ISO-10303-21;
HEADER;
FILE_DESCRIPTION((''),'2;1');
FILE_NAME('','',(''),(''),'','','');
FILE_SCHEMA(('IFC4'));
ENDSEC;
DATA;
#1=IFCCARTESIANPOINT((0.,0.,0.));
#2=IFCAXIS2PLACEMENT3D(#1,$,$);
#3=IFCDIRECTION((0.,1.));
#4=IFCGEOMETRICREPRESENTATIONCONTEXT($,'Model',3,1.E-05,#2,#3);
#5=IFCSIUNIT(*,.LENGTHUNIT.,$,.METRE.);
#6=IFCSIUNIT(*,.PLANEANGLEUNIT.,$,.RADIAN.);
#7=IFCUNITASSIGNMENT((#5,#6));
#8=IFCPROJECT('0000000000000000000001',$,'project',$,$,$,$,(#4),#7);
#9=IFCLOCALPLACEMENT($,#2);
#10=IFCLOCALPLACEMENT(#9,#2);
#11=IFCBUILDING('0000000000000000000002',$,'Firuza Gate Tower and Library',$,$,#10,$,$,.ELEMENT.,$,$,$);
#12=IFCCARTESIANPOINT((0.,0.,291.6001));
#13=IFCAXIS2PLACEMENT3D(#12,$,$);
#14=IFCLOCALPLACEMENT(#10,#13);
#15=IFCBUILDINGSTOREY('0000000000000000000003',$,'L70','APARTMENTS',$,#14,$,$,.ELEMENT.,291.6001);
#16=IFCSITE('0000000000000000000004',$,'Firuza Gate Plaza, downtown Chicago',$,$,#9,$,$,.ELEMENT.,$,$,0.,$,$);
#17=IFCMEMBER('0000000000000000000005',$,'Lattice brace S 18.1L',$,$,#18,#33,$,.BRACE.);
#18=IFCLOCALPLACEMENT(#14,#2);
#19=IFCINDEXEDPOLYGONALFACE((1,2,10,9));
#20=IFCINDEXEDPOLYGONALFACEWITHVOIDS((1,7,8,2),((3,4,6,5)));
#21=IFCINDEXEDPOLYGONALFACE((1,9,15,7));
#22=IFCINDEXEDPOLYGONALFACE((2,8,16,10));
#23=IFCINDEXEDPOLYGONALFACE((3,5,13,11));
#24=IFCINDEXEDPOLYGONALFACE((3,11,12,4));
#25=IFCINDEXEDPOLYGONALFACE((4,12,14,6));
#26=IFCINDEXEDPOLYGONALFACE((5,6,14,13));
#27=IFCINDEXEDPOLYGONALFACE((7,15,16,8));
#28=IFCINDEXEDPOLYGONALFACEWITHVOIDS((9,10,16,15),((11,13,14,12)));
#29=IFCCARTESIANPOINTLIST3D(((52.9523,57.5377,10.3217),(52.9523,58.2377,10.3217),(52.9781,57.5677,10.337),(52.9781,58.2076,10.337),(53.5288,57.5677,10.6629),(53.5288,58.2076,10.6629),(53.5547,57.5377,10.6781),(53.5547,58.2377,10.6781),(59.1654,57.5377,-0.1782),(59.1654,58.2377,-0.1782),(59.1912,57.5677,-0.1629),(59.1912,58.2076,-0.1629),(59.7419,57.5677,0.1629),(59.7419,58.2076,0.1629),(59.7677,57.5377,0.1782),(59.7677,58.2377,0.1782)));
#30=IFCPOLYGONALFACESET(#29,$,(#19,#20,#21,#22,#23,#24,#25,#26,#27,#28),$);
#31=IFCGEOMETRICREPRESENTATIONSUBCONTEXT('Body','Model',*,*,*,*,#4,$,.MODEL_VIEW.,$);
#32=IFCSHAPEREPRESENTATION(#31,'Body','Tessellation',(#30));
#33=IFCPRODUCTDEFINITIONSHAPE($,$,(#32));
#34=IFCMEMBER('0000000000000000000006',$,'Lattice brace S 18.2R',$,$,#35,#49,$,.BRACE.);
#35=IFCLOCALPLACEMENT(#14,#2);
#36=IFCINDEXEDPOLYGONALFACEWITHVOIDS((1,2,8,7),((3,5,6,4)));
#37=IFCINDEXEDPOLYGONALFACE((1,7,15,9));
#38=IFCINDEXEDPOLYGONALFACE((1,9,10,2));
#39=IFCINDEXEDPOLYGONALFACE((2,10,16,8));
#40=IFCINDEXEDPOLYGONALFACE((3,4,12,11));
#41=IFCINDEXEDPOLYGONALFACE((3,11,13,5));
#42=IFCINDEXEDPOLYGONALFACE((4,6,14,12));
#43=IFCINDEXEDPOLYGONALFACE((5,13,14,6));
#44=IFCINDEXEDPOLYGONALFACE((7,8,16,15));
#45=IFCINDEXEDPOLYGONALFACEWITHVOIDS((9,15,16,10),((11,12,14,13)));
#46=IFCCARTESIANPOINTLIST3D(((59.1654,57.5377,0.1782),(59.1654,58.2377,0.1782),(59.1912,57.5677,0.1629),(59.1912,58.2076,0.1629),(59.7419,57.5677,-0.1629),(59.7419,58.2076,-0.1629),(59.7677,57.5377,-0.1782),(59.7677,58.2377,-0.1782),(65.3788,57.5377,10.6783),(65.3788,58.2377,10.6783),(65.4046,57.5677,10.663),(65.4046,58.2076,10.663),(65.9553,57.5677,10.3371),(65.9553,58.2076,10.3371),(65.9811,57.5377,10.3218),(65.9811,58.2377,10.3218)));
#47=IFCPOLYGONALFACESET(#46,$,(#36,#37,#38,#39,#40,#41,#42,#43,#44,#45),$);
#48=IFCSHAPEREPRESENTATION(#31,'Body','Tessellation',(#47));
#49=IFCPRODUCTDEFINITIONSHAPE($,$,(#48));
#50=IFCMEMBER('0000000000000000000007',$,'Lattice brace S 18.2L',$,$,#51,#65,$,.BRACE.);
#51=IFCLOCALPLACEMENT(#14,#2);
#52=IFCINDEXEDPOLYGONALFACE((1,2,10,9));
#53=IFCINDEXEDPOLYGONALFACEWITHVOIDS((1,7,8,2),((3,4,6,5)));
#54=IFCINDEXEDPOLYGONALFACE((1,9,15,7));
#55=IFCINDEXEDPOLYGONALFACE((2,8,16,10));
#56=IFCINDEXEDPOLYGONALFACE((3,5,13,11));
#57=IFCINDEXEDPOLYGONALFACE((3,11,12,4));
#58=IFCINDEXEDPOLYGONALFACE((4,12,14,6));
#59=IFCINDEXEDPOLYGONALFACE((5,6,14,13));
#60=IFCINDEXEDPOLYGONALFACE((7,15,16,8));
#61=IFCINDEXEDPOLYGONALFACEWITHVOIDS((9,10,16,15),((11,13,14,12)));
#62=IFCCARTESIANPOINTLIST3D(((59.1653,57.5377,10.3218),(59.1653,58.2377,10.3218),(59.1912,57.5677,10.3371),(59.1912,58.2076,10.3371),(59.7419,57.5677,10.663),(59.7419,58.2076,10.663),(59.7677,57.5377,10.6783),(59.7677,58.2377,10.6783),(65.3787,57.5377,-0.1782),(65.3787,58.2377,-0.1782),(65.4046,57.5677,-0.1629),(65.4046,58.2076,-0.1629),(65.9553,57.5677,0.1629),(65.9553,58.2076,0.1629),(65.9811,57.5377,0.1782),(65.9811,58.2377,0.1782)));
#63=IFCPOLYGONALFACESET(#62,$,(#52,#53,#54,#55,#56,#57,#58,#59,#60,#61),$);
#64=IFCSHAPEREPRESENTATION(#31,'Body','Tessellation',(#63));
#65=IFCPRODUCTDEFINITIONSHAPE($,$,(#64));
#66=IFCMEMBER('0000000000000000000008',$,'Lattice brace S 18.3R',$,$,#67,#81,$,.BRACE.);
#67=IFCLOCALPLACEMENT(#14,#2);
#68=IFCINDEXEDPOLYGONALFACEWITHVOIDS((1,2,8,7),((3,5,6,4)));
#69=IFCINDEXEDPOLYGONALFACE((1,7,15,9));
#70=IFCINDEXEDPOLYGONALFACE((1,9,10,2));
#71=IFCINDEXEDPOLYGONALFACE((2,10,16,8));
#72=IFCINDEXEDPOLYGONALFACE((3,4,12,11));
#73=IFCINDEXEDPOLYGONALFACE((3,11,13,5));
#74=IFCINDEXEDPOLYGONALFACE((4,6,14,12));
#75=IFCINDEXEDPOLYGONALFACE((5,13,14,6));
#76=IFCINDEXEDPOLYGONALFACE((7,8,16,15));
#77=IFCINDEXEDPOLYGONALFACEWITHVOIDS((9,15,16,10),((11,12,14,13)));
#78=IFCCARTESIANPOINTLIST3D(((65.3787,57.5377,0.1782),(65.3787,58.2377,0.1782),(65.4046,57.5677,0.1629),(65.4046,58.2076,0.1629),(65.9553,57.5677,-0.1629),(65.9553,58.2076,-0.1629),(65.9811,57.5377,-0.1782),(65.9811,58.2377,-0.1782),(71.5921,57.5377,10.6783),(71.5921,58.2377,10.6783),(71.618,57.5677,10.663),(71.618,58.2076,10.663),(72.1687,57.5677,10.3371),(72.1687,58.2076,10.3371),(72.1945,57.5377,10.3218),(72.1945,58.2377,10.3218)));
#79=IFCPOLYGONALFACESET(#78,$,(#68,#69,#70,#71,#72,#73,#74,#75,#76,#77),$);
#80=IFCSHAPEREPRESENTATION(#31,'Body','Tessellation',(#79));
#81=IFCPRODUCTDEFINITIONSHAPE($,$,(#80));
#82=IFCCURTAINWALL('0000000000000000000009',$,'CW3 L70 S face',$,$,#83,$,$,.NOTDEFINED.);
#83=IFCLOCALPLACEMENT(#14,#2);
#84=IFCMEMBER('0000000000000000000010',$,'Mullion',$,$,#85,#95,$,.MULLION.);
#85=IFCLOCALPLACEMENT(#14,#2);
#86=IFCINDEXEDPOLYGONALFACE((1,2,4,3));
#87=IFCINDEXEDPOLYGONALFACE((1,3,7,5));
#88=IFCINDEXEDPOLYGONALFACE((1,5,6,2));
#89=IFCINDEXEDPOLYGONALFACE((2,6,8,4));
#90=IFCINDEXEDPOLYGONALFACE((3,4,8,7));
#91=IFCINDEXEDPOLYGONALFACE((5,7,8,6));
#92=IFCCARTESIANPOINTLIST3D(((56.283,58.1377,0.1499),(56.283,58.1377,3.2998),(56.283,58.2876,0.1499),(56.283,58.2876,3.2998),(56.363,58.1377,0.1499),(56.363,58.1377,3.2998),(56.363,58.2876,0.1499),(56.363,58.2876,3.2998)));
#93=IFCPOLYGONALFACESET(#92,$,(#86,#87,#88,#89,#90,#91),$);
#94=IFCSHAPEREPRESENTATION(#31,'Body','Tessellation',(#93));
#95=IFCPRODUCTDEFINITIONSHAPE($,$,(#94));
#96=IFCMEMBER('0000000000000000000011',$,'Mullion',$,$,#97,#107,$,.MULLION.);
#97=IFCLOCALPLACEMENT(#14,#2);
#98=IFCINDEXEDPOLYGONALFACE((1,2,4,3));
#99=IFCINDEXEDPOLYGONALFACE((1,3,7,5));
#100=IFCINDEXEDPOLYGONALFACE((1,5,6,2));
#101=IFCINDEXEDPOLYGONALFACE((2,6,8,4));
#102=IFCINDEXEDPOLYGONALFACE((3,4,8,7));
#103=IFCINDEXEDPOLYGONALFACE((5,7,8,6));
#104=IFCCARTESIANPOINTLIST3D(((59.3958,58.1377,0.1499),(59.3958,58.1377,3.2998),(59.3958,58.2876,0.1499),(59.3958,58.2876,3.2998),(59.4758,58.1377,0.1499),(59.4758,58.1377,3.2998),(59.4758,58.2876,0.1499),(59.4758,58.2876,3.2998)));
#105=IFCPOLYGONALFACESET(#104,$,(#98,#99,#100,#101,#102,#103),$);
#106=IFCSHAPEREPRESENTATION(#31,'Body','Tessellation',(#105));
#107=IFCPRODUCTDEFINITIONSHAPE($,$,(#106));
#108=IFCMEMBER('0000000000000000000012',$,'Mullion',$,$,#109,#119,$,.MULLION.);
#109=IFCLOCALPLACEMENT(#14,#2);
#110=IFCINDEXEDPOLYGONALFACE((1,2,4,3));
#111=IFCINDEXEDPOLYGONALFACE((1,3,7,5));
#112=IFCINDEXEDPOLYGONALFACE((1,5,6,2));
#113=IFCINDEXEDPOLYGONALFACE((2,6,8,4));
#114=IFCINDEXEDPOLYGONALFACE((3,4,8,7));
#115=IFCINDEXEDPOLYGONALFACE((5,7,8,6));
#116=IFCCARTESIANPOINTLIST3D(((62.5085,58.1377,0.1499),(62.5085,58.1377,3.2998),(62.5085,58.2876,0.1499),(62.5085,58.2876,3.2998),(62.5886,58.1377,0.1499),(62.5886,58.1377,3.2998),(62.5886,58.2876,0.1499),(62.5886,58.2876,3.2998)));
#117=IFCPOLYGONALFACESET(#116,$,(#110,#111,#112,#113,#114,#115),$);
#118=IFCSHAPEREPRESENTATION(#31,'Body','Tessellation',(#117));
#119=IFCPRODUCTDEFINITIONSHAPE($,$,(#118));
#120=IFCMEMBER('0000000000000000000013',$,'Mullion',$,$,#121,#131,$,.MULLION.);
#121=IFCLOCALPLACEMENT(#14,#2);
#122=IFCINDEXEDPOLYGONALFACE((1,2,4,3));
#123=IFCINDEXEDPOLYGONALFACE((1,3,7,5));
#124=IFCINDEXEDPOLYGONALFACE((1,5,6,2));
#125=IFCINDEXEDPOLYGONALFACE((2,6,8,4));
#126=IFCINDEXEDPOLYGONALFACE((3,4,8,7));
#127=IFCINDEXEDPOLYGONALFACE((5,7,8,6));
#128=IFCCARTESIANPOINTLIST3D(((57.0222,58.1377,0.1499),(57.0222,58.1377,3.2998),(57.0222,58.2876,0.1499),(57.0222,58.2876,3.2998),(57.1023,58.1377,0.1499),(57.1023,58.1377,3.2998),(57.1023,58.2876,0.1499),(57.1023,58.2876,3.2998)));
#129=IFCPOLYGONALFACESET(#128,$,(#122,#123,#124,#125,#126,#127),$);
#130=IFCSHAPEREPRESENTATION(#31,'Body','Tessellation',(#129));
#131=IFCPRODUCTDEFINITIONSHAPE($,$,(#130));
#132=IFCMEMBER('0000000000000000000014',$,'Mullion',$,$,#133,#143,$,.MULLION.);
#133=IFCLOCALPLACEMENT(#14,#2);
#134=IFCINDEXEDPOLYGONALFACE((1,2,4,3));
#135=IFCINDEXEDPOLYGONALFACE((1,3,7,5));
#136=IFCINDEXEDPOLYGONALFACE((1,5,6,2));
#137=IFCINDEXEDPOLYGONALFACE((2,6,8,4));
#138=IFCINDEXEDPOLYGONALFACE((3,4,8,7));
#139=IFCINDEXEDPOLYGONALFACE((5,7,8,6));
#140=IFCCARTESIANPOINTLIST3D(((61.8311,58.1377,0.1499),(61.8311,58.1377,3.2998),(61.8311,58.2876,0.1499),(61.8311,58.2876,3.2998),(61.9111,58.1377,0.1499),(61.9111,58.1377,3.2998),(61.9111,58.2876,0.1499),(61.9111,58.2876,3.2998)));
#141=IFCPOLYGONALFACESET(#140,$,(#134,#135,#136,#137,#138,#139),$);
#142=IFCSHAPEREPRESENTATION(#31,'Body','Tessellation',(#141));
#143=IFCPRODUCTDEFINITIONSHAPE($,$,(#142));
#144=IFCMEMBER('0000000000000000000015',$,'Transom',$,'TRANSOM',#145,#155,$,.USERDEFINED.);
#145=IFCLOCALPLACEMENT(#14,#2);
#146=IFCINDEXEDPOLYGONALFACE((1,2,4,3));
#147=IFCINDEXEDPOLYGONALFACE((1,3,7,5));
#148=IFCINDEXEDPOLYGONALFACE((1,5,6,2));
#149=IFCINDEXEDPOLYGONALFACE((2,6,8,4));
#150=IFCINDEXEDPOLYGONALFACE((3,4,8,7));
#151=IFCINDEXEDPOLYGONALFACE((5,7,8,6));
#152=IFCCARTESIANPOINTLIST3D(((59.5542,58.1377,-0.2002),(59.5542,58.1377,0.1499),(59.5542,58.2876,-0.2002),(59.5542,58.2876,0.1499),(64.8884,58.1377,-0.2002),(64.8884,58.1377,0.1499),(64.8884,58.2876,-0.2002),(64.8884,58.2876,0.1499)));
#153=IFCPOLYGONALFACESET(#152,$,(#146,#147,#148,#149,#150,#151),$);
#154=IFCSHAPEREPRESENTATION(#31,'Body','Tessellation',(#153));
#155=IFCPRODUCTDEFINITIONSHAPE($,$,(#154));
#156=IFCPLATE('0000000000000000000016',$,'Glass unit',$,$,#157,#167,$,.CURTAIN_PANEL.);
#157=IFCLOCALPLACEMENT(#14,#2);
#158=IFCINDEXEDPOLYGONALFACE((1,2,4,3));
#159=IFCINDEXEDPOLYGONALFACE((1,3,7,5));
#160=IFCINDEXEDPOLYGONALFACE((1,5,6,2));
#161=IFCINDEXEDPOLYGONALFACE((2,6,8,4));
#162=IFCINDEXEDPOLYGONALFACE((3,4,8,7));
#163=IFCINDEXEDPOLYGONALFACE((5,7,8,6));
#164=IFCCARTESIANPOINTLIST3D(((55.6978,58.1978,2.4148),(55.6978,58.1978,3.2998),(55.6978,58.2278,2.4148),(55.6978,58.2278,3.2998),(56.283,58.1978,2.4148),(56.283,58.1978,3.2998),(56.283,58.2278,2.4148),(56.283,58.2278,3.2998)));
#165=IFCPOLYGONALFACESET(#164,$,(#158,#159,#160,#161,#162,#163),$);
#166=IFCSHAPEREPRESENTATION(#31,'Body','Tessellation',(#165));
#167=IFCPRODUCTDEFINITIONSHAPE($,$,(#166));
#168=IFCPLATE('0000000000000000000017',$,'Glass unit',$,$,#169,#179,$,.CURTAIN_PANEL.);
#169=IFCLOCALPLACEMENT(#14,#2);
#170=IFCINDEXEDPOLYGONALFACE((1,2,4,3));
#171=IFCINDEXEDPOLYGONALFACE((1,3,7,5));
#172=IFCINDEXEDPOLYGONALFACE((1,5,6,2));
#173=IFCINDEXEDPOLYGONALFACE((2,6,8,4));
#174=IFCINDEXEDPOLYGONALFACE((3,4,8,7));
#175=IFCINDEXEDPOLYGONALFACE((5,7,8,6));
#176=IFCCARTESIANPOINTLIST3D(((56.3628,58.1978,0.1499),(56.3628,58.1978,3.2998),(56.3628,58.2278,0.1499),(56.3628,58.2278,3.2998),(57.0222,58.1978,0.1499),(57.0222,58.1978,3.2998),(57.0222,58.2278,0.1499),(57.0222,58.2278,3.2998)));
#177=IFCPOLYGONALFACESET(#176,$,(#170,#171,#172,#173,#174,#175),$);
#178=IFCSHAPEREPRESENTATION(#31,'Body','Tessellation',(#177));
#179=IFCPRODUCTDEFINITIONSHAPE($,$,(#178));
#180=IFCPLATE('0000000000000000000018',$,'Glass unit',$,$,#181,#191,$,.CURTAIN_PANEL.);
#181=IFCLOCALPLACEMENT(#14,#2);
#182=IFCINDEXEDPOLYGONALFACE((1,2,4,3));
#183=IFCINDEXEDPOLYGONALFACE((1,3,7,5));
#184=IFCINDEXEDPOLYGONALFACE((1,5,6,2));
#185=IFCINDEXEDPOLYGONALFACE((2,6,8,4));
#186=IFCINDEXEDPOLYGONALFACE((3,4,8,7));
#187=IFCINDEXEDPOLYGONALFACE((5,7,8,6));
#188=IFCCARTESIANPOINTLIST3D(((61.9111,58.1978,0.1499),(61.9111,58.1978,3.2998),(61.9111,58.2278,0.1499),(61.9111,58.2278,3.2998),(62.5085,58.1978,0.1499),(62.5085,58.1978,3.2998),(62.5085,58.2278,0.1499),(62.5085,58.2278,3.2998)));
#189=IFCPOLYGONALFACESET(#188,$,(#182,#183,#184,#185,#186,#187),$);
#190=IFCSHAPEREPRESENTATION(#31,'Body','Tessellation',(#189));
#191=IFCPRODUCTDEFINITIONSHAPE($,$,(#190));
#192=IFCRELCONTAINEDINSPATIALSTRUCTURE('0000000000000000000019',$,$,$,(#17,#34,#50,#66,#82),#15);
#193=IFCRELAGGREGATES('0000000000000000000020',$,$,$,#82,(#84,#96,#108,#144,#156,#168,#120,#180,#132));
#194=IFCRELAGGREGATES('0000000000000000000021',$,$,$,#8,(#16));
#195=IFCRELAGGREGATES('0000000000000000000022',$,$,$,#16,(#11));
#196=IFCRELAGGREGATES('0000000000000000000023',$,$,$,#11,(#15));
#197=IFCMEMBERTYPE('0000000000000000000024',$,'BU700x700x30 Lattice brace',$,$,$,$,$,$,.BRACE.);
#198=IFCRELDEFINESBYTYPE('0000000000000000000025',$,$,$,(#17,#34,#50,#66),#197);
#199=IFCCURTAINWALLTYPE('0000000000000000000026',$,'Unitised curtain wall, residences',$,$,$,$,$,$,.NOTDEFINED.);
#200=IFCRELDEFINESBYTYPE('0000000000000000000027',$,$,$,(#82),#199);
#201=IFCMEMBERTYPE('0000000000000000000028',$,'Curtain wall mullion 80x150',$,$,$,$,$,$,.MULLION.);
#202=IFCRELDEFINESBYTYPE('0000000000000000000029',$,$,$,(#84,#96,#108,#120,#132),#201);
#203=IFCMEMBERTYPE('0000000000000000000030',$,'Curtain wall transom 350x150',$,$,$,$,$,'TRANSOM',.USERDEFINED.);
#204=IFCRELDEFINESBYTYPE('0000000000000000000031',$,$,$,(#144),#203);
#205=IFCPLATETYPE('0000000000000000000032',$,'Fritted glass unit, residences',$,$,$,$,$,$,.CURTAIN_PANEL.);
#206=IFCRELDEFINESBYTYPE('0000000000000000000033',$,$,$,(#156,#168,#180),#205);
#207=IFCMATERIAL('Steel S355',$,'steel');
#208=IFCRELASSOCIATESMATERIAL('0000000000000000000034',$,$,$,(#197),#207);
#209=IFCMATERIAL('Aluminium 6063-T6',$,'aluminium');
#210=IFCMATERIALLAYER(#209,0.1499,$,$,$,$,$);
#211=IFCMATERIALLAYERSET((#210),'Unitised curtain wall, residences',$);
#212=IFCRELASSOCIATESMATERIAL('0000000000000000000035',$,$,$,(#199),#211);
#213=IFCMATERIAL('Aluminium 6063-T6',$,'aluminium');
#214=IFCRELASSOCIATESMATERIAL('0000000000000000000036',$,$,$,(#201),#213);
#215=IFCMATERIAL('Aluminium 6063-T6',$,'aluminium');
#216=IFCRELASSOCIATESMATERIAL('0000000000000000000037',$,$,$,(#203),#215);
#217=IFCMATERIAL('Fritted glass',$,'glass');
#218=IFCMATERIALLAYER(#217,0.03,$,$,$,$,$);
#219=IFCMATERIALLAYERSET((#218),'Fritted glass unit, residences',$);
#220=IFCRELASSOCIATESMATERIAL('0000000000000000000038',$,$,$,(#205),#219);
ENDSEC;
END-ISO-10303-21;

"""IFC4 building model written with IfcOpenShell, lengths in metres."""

from ifc_helpers import new_model, si_unit, direction, frame, origin, origin_2d, place, context, subcontext, project, spatial, polyline, rectangle, hollow_rectangle, outline, extrude, material, layer, layer_set, material_profile, profile_set, type_object, element, aggregate, save


model = new_model("IFC4")

# Units and contexts
model_context = context("Model", 3, precision=1e-05, world=origin(), true_north=direction((0.0, 1.0)))
body_context = subcontext(model_context, "Body", "Model", "MODEL_VIEW")
ifc_project = project(units=[si_unit("LENGTHUNIT", "METRE"), si_unit("PLANEANGLEUNIT", "RADIAN")], contexts=[model_context])

# Site, building, storey
site_placement = place(None, origin())
site = spatial("IfcSite", under=ifc_project, at=site_placement, Name="Firuza Gate Plaza, downtown Chicago", CompositionType="ELEMENT", RefElevation=0.0)
building_placement = place(site_placement, origin())
building = spatial("IfcBuilding", under=site, at=building_placement, Name="Firuza Gate Tower and Library", CompositionType="ELEMENT")
storey_placement = place(building_placement, frame((0.0, 0.0, 291.6001)))
storey = spatial("IfcBuildingStorey", under=building, at=storey_placement, Name="L70", Description="APARTMENTS", CompositionType="ELEMENT", Elevation=291.6001)

# Members
ifc_material_1 = material(Name="Steel S355", Category="steel")
ifc_material_profile_1 = material_profile(ifc_material_1, hollow_rectangle(XDim=0.7, YDim=0.7, WallThickness=0.03, at=origin_2d()))
ifc_profile_set_1 = profile_set([ifc_material_profile_1], Name="Steel S355")
member_type_1 = type_object("IfcMemberType", Name="BU700x700x30 Lattice brace", PredefinedType="BRACE", material=ifc_profile_set_1)
member_1_placement = place(storey_placement, frame((59.4666, 57.8877, 0.0), z_axis=(-0.509251, 0.0, 0.860618), x_axis=(0.0, -1.0, 0.0)))
element("IfcMember", 1, at=member_1_placement, inside=storey, type_object=member_type_1, Name="Lattice brace S 18.1L", PredefinedType="BRACE", context=body_context, shape_type="SweptSolid", body=[
    extrude(hollow_rectangle(XDim=0.7, YDim=0.7, WallThickness=0.03, at=origin_2d()), origin(), (0.0, 0.0, 1.0), 12.2004),
])
for number, where, z_axis, x_axis, name in (
    (2, (59.4666, 57.8877, 0.0), (0.509266, 0.0, 0.860609), (0.0, 1.0, 0.0), "Lattice brace S 18.2R"),
    (3, (65.6799, 57.8877, 0.0), (-0.509266, 0.0, 0.860609), (0.0, -1.0, 0.0), "Lattice brace S 18.2L"),
    (4, (65.6799, 57.8877, 0.0), (0.509266, 0.0, 0.860609), (0.0, 1.0, 0.0), "Lattice brace S 18.3R"),
):
    element("IfcMember", number, at=place(storey_placement, frame(where, z_axis=z_axis, x_axis=x_axis)), inside=storey, type_object=member_type_1, Name=name, PredefinedType="BRACE", context=body_context, shape_type="SweptSolid", body=[
        extrude(hollow_rectangle(XDim=0.7, YDim=0.7, WallThickness=0.03, at=origin_2d()), origin(), (0.0, 0.0, 1.0), 12.2007),
    ])

# Curtain wall, members, plates
ifc_material_2 = material(Name="Aluminium 6063-T6", Category="aluminium")
ifc_layer_1 = layer(ifc_material_2, 0.1499)
ifc_layer_set_1 = layer_set([ifc_layer_1], Name="Unitised curtain wall, residences")
curtain_wall_type = type_object("IfcCurtainWallType", Name="Unitised curtain wall, residences", PredefinedType="NOTDEFINED", material=ifc_layer_set_1)
curtain_wall_placement = place(storey_placement, origin())
curtain_wall = element("IfcCurtainWall", 5, at=curtain_wall_placement, inside=storey, type_object=curtain_wall_type, Name="CW3 L70 S face", PredefinedType="NOTDEFINED")
ifc_material_3 = material(Name="Aluminium 6063-T6", Category="aluminium")
ifc_material_profile_2 = material_profile(ifc_material_3, rectangle(XDim=0.1499, YDim=0.0801, at=origin_2d()))
ifc_profile_set_2 = profile_set([ifc_material_profile_2], Name="Aluminium 6063-T6")
member_type_2 = type_object("IfcMemberType", Name="Curtain wall mullion 80x150", PredefinedType="MULLION", material=ifc_profile_set_2)
member_2_placement = place(storey_placement, frame((56.323, 58.2126, 0.1499), z_axis=(0.0, 0.0, 1.0), x_axis=(0.0, 1.0, 0.0)))
member_2 = element("IfcMember", 6, at=member_2_placement, type_object=member_type_2, Name="Mullion", PredefinedType="MULLION", context=body_context, shape_type="SweptSolid", body=[
    extrude(rectangle(XDim=0.1499, YDim=0.0801, at=origin_2d()), origin(), (0.0, 0.0, 1.0), 3.1499),
])
member_3_placement = place(storey_placement, frame((59.4358, 58.2126, 0.1499), z_axis=(0.0, 0.0, 1.0), x_axis=(0.0, 1.0, 0.0)))
member_3 = element("IfcMember", 7, at=member_3_placement, type_object=member_type_2, Name="Mullion", PredefinedType="MULLION", context=body_context, shape_type="SweptSolid", body=[
    extrude(rectangle(XDim=0.1499, YDim=0.0801, at=origin_2d()), origin(), (0.0, 0.0, 1.0), 3.1499),
])
member_4_placement = place(storey_placement, frame((62.5486, 58.2126, 0.1499), z_axis=(0.0, 0.0, 1.0), x_axis=(0.0, 1.0, 0.0)))
member_4 = element("IfcMember", 8, at=member_4_placement, type_object=member_type_2, Name="Mullion", PredefinedType="MULLION", context=body_context, shape_type="SweptSolid", body=[
    extrude(rectangle(XDim=0.1499, YDim=0.0801, at=origin_2d()), origin(), (0.0, 0.0, 1.0), 3.1499),
])
member_5_placement = place(storey_placement, frame((57.0623, 58.2126, 0.1499), z_axis=(0.0, 0.0, 1.0), x_axis=(0.0, 1.0, 0.0)))
member_5 = element("IfcMember", 9, at=member_5_placement, type_object=member_type_2, Name="Mullion", PredefinedType="MULLION", context=body_context, shape_type="SweptSolid", body=[
    extrude(rectangle(XDim=0.1499, YDim=0.0801, at=origin_2d()), origin(), (0.0, 0.0, 1.0), 3.1499),
])
member_6_placement = place(storey_placement, frame((61.8711, 58.2126, 0.1499), z_axis=(0.0, 0.0, 1.0), x_axis=(0.0, 1.0, 0.0)))
member_6 = element("IfcMember", 10, at=member_6_placement, type_object=member_type_2, Name="Mullion", PredefinedType="MULLION", context=body_context, shape_type="SweptSolid", body=[
    extrude(rectangle(XDim=0.1499, YDim=0.0801, at=origin_2d()), origin(), (0.0, 0.0, 1.0), 3.1499),
])
ifc_material_4 = material(Name="Aluminium 6063-T6", Category="aluminium")
ifc_material_profile_3 = material_profile(ifc_material_4, rectangle(XDim=0.1499, YDim=0.3501, at=origin_2d()))
ifc_profile_set_3 = profile_set([ifc_material_profile_3], Name="Aluminium 6063-T6")
member_type_3 = type_object("IfcMemberType", Name="Curtain wall transom 350x150", ElementType="TRANSOM", PredefinedType="USERDEFINED", material=ifc_profile_set_3)
member_7_placement = place(storey_placement, frame((59.5542, 58.2126, -0.0251), z_axis=(1.0, 0.0, 0.0), x_axis=(0.0, 1.0, 0.0)))
member_7 = element("IfcMember", 11, at=member_7_placement, type_object=member_type_3, Name="Transom", ObjectType="TRANSOM", PredefinedType="USERDEFINED", context=body_context, shape_type="SweptSolid", body=[
    extrude(rectangle(XDim=0.1499, YDim=0.3501, at=origin_2d()), origin(), (0.0, 0.0, 1.0), 5.3342),
])
ifc_material_5 = material(Name="Fritted glass", Category="glass")
ifc_layer_2 = layer(ifc_material_5, 0.03)
ifc_layer_set_2 = layer_set([ifc_layer_2], Name="Fritted glass unit, residences")
plate_type_1 = type_object("IfcPlateType", Name="Fritted glass unit, residences", PredefinedType="CURTAIN_PANEL", material=ifc_layer_set_2)
plate_1_placement = place(storey_placement, frame((55.6978, 58.1978, 2.4148), z_axis=(0.0, -1.0, 0.0), x_axis=(1.0, 0.0, 0.0)))
plate_1 = element("IfcPlate", 12, at=plate_1_placement, type_object=plate_type_1, Name="Glass unit", PredefinedType="CURTAIN_PANEL", context=body_context, shape_type="SweptSolid", body=[
    extrude(outline(polyline([(0.0, 0.0), (0.5852, 0.0), (0.5852, 0.885), (0.0, 0.885), (0.0, 0.0)])), origin(), (0.0, 0.0, -1.0), 0.03),
])
plate_2_placement = place(storey_placement, frame((56.3628, 58.1978, 0.1499), z_axis=(0.0, -1.0, 0.0), x_axis=(1.0, 0.0, 0.0)))
plate_2 = element("IfcPlate", 13, at=plate_2_placement, type_object=plate_type_1, Name="Glass unit", PredefinedType="CURTAIN_PANEL", context=body_context, shape_type="SweptSolid", body=[
    extrude(outline(polyline([(0.0, 0.0), (0.6594, 0.0), (0.6594, 3.1499), (0.0, 3.1499), (0.0, 0.0)])), origin(), (0.0, 0.0, -1.0), 0.03),
])
plate_3_placement = place(storey_placement, frame((61.9111, 58.1978, 0.1499), z_axis=(0.0, -1.0, 0.0), x_axis=(1.0, 0.0, 0.0)))
plate_3 = element("IfcPlate", 14, at=plate_3_placement, type_object=plate_type_1, Name="Glass unit", PredefinedType="CURTAIN_PANEL", context=body_context, shape_type="SweptSolid", body=[
    extrude(outline(polyline([(0.0, 0.0), (0.5974, 0.0), (0.5974, 3.1499), (0.0, 3.1499), (0.0, 0.0)])), origin(), (0.0, 0.0, -1.0), 0.03),
])
aggregate(curtain_wall, [member_2, member_3, member_4, member_7, plate_1, plate_2, member_5, plate_3, member_6])

save(model, "model.ifc")
